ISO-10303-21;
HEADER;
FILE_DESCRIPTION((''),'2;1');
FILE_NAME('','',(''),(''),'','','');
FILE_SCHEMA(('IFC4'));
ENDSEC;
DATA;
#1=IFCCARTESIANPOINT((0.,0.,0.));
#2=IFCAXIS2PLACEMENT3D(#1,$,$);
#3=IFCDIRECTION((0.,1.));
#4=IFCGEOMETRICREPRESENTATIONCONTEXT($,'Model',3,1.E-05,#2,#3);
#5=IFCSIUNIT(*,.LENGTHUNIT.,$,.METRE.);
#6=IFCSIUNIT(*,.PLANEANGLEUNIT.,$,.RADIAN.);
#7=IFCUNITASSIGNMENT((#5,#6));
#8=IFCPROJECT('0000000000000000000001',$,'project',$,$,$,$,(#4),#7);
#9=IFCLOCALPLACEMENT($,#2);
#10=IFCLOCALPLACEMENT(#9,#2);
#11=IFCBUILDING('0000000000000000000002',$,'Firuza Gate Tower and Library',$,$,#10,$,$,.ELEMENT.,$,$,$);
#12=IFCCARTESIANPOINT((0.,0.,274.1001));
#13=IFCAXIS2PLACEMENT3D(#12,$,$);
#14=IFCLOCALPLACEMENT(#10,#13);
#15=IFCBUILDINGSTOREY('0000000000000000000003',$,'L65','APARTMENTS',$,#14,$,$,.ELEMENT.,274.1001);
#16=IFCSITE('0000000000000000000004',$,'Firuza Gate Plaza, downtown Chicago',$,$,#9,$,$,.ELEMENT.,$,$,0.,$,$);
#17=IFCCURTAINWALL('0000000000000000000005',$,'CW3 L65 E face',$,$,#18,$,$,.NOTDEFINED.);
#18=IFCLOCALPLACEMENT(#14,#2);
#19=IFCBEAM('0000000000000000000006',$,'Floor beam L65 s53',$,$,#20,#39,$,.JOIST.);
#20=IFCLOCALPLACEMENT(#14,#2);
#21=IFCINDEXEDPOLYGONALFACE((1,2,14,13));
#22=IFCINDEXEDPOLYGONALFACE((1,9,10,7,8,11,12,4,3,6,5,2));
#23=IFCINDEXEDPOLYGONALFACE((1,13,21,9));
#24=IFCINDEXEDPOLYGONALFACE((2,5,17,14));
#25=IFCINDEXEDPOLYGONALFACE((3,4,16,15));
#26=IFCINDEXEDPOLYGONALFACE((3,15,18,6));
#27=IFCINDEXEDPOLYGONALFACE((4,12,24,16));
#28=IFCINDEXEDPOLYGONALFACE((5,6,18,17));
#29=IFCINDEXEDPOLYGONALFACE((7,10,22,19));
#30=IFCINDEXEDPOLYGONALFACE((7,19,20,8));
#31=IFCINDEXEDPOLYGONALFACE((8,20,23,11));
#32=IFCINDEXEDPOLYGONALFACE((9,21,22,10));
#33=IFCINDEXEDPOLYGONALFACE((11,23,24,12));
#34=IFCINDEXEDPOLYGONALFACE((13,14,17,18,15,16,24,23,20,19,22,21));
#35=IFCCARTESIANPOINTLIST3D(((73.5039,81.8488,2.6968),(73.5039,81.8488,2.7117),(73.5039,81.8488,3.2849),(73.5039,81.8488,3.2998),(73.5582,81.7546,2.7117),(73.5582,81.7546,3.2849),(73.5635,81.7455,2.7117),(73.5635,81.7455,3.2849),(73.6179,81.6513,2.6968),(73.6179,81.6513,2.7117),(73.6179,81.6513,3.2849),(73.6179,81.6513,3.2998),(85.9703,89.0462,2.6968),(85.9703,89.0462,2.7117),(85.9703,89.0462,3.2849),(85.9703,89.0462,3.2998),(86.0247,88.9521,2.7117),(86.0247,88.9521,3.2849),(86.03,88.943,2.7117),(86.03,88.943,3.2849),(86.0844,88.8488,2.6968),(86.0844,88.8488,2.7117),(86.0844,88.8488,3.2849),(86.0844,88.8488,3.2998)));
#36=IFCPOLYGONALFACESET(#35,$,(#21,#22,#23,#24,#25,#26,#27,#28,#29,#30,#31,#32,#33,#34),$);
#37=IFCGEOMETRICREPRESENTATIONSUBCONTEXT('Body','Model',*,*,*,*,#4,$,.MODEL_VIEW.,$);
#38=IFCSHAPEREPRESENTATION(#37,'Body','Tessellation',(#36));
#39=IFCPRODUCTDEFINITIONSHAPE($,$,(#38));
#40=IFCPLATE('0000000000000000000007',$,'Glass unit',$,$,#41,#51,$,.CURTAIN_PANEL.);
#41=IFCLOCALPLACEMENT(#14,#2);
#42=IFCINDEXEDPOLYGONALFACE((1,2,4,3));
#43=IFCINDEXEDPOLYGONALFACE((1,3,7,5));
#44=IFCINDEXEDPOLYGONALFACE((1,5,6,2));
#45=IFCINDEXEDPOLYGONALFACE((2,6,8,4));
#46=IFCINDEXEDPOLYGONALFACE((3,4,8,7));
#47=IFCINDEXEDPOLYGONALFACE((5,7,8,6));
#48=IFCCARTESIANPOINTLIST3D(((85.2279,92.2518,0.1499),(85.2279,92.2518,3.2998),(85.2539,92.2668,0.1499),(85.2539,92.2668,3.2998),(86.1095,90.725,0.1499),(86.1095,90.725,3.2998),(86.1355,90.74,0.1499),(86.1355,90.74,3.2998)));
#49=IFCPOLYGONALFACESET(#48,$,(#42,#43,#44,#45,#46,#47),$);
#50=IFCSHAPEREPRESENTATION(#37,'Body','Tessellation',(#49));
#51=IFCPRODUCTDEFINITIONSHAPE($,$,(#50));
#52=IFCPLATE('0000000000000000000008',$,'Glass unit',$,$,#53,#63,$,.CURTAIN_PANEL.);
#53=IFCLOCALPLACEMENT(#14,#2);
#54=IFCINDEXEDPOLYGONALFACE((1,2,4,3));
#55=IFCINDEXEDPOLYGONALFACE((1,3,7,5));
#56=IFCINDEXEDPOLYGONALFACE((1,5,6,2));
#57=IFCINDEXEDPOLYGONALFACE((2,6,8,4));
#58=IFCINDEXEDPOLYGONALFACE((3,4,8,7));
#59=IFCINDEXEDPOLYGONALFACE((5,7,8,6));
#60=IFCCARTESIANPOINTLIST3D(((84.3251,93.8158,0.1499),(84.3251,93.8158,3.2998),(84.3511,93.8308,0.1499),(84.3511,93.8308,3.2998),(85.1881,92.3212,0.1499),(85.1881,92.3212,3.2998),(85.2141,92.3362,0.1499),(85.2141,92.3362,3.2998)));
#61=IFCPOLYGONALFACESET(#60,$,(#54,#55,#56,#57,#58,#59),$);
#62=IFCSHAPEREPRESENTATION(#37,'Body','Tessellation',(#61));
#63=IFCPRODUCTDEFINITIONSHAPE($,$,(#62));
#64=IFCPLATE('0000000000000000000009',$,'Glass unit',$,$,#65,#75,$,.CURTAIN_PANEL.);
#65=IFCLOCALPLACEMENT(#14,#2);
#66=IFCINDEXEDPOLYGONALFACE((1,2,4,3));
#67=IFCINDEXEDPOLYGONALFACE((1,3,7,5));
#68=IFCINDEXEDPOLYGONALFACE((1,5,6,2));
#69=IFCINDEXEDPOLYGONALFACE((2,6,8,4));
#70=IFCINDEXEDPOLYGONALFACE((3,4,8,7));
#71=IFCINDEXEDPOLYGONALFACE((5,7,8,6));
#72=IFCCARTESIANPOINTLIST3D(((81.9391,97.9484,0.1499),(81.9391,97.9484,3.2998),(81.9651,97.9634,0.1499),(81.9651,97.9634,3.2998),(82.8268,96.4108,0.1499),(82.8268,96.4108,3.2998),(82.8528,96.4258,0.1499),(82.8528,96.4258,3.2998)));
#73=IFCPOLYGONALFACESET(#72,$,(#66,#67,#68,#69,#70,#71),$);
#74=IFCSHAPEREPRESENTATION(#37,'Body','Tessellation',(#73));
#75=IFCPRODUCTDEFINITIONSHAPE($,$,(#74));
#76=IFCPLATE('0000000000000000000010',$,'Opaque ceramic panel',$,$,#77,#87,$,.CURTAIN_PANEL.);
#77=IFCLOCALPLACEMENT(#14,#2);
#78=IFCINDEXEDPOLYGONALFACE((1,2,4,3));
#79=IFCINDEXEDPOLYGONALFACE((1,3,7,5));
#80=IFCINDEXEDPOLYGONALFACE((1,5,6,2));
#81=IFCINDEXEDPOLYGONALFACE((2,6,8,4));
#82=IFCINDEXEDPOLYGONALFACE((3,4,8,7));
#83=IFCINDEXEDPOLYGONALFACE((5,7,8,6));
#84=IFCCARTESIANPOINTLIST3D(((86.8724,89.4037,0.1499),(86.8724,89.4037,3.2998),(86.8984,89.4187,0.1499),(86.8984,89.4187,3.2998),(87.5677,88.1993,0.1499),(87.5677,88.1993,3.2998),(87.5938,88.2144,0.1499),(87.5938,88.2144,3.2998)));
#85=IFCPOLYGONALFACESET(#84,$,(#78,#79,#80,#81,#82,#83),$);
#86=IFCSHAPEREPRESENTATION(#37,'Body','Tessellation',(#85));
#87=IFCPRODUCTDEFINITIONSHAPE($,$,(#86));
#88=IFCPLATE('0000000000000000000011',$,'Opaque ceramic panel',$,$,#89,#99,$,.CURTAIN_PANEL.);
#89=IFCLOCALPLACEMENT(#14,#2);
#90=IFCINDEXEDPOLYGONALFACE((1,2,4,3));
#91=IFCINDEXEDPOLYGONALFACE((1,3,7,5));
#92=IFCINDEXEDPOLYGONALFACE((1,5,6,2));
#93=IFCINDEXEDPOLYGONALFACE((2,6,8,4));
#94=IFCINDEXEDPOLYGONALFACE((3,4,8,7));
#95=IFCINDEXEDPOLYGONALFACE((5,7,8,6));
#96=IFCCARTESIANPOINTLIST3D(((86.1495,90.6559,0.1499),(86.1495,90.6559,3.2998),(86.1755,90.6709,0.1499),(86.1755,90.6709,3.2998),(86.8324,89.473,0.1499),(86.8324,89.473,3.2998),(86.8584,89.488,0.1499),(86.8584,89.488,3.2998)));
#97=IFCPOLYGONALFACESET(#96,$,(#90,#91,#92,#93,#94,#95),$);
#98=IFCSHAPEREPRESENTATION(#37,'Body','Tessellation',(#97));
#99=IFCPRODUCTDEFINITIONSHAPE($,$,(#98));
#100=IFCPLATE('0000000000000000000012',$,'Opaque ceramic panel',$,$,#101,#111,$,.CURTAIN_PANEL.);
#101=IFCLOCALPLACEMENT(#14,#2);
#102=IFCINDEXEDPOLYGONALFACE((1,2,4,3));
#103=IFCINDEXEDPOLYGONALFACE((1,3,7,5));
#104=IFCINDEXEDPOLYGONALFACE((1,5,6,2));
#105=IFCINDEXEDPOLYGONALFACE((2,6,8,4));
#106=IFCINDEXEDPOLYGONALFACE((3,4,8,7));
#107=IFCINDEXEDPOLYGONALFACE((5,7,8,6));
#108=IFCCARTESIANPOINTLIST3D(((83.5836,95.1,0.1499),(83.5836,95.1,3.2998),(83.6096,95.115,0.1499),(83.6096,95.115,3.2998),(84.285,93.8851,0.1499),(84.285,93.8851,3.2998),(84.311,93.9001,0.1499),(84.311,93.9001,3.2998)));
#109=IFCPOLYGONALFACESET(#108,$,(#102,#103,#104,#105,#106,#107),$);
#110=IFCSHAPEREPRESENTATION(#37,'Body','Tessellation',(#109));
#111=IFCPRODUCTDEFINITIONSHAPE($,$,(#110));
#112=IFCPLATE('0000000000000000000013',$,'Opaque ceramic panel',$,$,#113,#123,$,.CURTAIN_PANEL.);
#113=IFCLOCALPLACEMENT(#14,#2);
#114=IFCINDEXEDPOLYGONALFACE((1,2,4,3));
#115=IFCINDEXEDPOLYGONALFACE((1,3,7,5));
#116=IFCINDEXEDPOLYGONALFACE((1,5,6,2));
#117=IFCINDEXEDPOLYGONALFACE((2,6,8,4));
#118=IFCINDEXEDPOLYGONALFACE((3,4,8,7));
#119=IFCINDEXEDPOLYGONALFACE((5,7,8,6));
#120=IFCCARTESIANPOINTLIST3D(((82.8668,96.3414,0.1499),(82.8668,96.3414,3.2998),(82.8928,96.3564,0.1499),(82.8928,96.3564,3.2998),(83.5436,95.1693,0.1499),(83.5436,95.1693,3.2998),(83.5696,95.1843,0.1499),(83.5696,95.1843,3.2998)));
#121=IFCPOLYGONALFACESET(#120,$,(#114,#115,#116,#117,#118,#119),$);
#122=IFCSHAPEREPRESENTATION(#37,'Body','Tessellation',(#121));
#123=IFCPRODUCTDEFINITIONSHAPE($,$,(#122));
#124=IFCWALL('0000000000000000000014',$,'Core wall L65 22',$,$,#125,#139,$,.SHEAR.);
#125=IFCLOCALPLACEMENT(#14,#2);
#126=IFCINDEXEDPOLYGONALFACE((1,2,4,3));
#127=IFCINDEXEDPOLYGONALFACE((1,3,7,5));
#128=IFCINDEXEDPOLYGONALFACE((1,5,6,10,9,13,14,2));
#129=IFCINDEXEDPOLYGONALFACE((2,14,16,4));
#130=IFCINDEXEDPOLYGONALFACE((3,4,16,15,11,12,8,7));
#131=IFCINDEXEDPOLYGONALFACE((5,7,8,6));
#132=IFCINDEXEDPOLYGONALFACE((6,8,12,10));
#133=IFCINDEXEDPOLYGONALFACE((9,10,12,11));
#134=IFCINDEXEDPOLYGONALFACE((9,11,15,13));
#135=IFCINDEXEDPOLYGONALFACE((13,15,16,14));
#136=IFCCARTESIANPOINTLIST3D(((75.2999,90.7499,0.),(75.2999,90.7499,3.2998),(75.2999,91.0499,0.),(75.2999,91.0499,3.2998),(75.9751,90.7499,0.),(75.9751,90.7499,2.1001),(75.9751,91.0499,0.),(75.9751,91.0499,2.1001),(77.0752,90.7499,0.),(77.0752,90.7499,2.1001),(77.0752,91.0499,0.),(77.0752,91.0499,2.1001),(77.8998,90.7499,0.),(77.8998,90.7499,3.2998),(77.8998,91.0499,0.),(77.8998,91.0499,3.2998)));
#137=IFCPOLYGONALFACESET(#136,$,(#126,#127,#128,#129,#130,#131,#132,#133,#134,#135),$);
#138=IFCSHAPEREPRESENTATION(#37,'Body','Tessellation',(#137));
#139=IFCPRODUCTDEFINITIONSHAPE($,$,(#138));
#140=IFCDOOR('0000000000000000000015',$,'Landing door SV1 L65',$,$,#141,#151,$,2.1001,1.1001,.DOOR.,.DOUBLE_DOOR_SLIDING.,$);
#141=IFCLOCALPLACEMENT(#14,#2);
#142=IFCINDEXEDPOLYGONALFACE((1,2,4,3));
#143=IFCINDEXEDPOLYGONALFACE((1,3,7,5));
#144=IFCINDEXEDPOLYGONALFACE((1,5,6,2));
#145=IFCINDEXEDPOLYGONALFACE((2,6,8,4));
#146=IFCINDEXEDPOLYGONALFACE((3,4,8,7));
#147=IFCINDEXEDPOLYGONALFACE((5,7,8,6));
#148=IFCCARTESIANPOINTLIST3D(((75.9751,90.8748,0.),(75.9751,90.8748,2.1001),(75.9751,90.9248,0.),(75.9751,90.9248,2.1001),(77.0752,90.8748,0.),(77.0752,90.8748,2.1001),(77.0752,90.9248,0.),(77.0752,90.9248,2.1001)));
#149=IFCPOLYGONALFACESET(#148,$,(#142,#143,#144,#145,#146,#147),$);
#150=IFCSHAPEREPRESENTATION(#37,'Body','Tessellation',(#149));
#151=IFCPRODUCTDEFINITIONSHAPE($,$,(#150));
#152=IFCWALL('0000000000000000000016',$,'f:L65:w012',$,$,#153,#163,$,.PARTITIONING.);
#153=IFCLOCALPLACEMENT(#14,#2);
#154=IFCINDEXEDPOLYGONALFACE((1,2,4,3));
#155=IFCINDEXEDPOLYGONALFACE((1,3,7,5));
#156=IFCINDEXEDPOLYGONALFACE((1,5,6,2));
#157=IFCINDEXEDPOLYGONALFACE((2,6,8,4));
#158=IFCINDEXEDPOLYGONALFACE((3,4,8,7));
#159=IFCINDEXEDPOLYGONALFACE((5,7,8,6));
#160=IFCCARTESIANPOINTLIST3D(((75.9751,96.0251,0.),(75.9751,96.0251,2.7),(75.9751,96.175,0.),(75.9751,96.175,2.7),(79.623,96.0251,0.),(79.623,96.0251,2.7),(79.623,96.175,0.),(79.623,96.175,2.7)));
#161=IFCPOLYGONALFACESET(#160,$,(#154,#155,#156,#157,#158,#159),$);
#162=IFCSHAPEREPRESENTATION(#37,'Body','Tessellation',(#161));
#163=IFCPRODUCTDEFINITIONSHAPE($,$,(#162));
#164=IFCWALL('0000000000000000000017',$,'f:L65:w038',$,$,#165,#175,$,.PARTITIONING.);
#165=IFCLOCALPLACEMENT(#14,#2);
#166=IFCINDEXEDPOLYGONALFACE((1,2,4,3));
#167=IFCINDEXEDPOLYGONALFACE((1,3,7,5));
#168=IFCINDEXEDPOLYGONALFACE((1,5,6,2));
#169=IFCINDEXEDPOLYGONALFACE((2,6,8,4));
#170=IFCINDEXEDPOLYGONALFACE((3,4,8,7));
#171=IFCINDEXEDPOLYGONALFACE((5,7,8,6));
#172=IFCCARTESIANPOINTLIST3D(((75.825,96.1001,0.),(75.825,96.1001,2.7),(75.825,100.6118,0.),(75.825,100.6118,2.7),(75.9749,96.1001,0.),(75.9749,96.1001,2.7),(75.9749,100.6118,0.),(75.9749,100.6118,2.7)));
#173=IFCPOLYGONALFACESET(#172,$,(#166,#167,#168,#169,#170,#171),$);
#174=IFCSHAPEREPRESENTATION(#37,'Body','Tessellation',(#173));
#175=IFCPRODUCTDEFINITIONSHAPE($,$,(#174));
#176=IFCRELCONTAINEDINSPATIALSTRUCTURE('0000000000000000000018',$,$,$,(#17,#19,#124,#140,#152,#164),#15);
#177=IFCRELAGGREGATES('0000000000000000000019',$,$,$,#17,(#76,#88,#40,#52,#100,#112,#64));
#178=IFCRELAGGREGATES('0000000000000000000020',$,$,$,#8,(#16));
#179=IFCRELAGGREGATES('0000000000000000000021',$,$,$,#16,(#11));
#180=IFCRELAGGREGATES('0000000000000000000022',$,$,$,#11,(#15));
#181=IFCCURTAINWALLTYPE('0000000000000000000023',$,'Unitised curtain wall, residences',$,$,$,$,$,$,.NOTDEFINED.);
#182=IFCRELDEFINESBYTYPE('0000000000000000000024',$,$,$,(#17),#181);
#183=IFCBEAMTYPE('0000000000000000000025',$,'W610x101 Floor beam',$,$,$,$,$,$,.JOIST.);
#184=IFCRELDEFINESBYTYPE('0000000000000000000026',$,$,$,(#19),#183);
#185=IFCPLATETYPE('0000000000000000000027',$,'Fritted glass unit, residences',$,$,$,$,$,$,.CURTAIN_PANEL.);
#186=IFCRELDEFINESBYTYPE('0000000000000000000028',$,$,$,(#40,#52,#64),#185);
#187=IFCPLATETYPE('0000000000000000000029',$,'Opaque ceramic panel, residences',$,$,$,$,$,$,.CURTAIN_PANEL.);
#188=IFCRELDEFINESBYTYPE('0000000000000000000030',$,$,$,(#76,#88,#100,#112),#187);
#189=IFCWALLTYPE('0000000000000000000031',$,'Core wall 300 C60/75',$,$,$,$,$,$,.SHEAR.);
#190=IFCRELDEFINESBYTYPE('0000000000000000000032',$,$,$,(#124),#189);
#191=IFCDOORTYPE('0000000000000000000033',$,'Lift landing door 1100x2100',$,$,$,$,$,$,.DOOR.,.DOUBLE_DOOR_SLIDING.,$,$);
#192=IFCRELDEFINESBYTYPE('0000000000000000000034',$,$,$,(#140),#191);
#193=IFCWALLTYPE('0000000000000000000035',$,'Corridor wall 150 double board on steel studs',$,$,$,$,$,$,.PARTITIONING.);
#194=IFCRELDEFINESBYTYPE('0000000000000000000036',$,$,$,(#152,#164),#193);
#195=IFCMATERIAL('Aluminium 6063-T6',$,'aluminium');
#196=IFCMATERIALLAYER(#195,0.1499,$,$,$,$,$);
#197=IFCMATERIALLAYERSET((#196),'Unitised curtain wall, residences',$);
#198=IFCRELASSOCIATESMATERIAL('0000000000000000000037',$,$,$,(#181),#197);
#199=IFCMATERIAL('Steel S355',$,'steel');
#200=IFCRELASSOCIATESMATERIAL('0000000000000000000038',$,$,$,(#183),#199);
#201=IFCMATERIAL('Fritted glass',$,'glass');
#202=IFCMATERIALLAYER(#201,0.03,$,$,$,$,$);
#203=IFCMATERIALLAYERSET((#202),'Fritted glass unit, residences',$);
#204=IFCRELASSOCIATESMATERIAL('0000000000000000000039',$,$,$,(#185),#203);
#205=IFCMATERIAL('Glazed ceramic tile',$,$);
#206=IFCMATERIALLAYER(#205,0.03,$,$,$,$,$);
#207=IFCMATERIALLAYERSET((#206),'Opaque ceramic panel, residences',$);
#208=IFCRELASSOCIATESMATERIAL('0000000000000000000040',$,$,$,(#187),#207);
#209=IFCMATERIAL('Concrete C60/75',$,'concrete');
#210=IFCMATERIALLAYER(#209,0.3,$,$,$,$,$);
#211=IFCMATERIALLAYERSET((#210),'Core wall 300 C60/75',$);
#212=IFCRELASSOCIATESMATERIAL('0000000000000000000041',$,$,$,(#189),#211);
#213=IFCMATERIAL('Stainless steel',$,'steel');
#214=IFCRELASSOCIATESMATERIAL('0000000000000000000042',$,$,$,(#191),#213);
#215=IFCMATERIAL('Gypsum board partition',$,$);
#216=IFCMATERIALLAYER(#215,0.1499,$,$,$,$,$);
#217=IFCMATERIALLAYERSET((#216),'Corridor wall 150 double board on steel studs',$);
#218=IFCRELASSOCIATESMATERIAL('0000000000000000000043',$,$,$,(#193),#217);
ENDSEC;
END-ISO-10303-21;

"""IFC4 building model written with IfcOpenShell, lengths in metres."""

from ifc_helpers import new_model, si_unit, direction, frame, frame_2d, origin, origin_2d, place, context, subcontext, project, spatial, polyline, rectangle, i_section, outline, extrude, material, layer, layer_set, material_profile, profile_set, type_object, element, fill, aggregate, save


model = new_model("IFC4")

# Units and contexts
model_context = context("Model", 3, precision=1e-05, world=origin(), true_north=direction((0.0, 1.0)))
body_context = subcontext(model_context, "Body", "Model", "MODEL_VIEW")
ifc_project = project(units=[si_unit("LENGTHUNIT", "METRE"), si_unit("PLANEANGLEUNIT", "RADIAN")], contexts=[model_context])

# Site, building, storey
site_placement = place(None, origin())
site = spatial("IfcSite", under=ifc_project, at=site_placement, Name="Firuza Gate Plaza, downtown Chicago", CompositionType="ELEMENT", RefElevation=0.0)
building_placement = place(site_placement, origin())
building = spatial("IfcBuilding", under=site, at=building_placement, Name="Firuza Gate Tower and Library", CompositionType="ELEMENT")
storey_placement = place(building_placement, frame((0.0, 0.0, 274.1001)))
storey = spatial("IfcBuildingStorey", under=building, at=storey_placement, Name="L65", Description="APARTMENTS", CompositionType="ELEMENT", Elevation=274.1001)

# Curtain wall
ifc_material_1 = material(Name="Aluminium 6063-T6", Category="aluminium")
ifc_layer_1 = layer(ifc_material_1, 0.1499)
ifc_layer_set_1 = layer_set([ifc_layer_1], Name="Unitised curtain wall, residences")
curtain_wall_type = type_object("IfcCurtainWallType", Name="Unitised curtain wall, residences", PredefinedType="NOTDEFINED", material=ifc_layer_set_1)
placement = place(storey_placement, origin())
curtain_wall = element("IfcCurtainWall", 1, at=placement, inside=storey, type_object=curtain_wall_type, Name="CW3 L65 E face", PredefinedType="NOTDEFINED")

# Beam
ifc_material_2 = material(Name="Steel S355", Category="steel")
ifc_material_profile_1 = material_profile(ifc_material_2, i_section(OverallWidth=0.228, OverallDepth=0.603, WebThickness=0.0105, FlangeThickness=0.0149, at=origin_2d()))
ifc_profile_set_1 = profile_set([ifc_material_profile_1], Name="Steel S355")
beam_type_1 = type_object("IfcBeamType", Name="W610x101 Floor beam", PredefinedType="JOIST", material=ifc_profile_set_1)
beam_1_placement = place(storey_placement, frame((86.0273, 88.9475, 2.9983), z_axis=(-0.866027, -0.499997, 0.0), x_axis=(0.499997, -0.866027, 0.0)))
element("IfcBeam", 2, at=beam_1_placement, inside=storey, type_object=beam_type_1, Name="Floor beam L65 s53", PredefinedType="JOIST", context=body_context, shape_type="SweptSolid", body=[
    extrude(i_section(OverallWidth=0.228, OverallDepth=0.603, WebThickness=0.0105, FlangeThickness=0.0149, at=origin_2d()), origin(), (0.0, 0.0, 1.0), 14.395),
])

# Plates
ifc_material_3 = material(Name="Fritted glass", Category="glass")
ifc_layer_2 = layer(ifc_material_3, 0.03)
ifc_layer_set_2 = layer_set([ifc_layer_2], Name="Fritted glass unit, residences")
plate_type_1 = type_object("IfcPlateType", Name="Fritted glass unit, residences", PredefinedType="CURTAIN_PANEL", material=ifc_layer_set_2)
plate_1_placement = place(storey_placement, frame((86.1355, 90.74, 0.1499), z_axis=(0.86601, 0.500026, 0.0), x_axis=(-0.500026, 0.86601, 0.0)))
plate_1 = element("IfcPlate", 3, at=plate_1_placement, type_object=plate_type_1, Name="Glass unit", PredefinedType="CURTAIN_PANEL", context=body_context, shape_type="SweptSolid", body=[
    extrude(outline(polyline([(0.0, 0.0), (1.7631, 0.0), (1.7631, 3.1499), (0.0, 3.1499), (0.0, 0.0)])), origin(), (0.0, 0.0, -1.0), 0.03),
])
plate_2_placement = place(storey_placement, frame((85.2141, 92.3362, 0.1499), z_axis=(0.865997, 0.500049, 0.0), x_axis=(-0.500049, 0.865997, 0.0)))
plate_2 = element("IfcPlate", 4, at=plate_2_placement, type_object=plate_type_1, Name="Glass unit", PredefinedType="CURTAIN_PANEL", context=body_context, shape_type="SweptSolid", body=[
    extrude(outline(polyline([(0.0, 0.0), (1.7259, 0.0), (1.7259, 3.1499), (0.0, 3.1499), (0.0, 0.0)])), origin(), (0.0, 0.0, -1.0), 0.03),
])
plate_3_placement = place(storey_placement, frame((82.8528, 96.4258, 0.1499), z_axis=(0.866034, 0.499984, 0.0), x_axis=(-0.499984, 0.866034, 0.0)))
plate_3 = element("IfcPlate", 5, at=plate_3_placement, type_object=plate_type_1, Name="Glass unit", PredefinedType="CURTAIN_PANEL", context=body_context, shape_type="SweptSolid", body=[
    extrude(outline(polyline([(0.0, 0.0), (1.7754, 0.0), (1.7754, 3.1499), (0.0, 3.1499), (0.0, 0.0)])), origin(), (0.0, 0.0, -1.0), 0.03),
])
ifc_material_4 = material(Name="Glazed ceramic tile")
ifc_layer_3 = layer(ifc_material_4, 0.03)
ifc_layer_set_3 = layer_set([ifc_layer_3], Name="Opaque ceramic panel, residences")
plate_type_2 = type_object("IfcPlateType", Name="Opaque ceramic panel, residences", PredefinedType="CURTAIN_PANEL", material=ifc_layer_set_3)
plate_4_placement = place(storey_placement, frame((87.5938, 88.2144, 0.1499), z_axis=(0.866031, 0.499991, 0.0), x_axis=(-0.499991, 0.866031, 0.0)))
plate_4 = element("IfcPlate", 6, at=plate_4_placement, type_object=plate_type_2, Name="Opaque ceramic panel", PredefinedType="CURTAIN_PANEL", context=body_context, shape_type="SweptSolid", body=[
    extrude(outline(polyline([(0.0, 0.0), (1.3907, 0.0), (1.3907, 3.1499), (0.0, 3.1499), (0.0, 0.0)])), origin(), (0.0, 0.0, -1.0), 0.03),
])
plate_5_placement = place(storey_placement, frame((86.8584, 89.488, 0.1499), z_axis=(0.866046, 0.499965, 0.0), x_axis=(-0.499965, 0.866046, 0.0)))
plate_5 = element("IfcPlate", 7, at=plate_5_placement, type_object=plate_type_2, Name="Opaque ceramic panel", PredefinedType="CURTAIN_PANEL", context=body_context, shape_type="SweptSolid", body=[
    extrude(outline(polyline([(0.0, 0.0), (1.3658, 0.0), (1.3658, 3.1499), (0.0, 3.1499), (0.0, 0.0)])), origin(), (0.0, 0.0, -1.0), 0.03),
])
plate_6_placement = place(storey_placement, frame((84.311, 93.9001, 0.1499), z_axis=(0.866017, 0.500014, 0.0), x_axis=(-0.500014, 0.866017, 0.0)))
plate_6 = element("IfcPlate", 8, at=plate_6_placement, type_object=plate_type_2, Name="Opaque ceramic panel", PredefinedType="CURTAIN_PANEL", context=body_context, shape_type="SweptSolid", body=[
    extrude(outline(polyline([(0.0, 0.0), (1.4028, 0.0), (1.4028, 3.1499), (0.0, 3.1499), (0.0, 0.0)])), origin(), (0.0, 0.0, -1.0), 0.03),
])
plate_7_placement = place(storey_placement, frame((83.5696, 95.1843, 0.1499), z_axis=(0.866014, 0.500019, 0.0), x_axis=(-0.500019, 0.866014, 0.0)))
plate_7 = element("IfcPlate", 9, at=plate_7_placement, type_object=plate_type_2, Name="Opaque ceramic panel", PredefinedType="CURTAIN_PANEL", context=body_context, shape_type="SweptSolid", body=[
    extrude(outline(polyline([(0.0, 0.0), (1.3535, 0.0), (1.3535, 3.1499), (0.0, 3.1499), (0.0, 0.0)])), origin(), (0.0, 0.0, -1.0), 0.03),
])
aggregate(curtain_wall, [plate_4, plate_5, plate_1, plate_2, plate_6, plate_7, plate_3])

# Wall, opening, door
ifc_material_5 = material(Name="Concrete C60/75", Category="concrete")
ifc_layer_4 = layer(ifc_material_5, 0.3)
ifc_layer_set_4 = layer_set([ifc_layer_4], Name="Core wall 300 C60/75")
wall_type_1 = type_object("IfcWallType", Name="Core wall 300 C60/75", PredefinedType="SHEAR", material=ifc_layer_set_4)
wall_1_placement = place(storey_placement, frame((75.3, 90.8999, 0.0), z_axis=(0.0, 0.0, 1.0), x_axis=(1.0, 0.0, 0.0)))
wall_1 = element("IfcWall", 10, at=wall_1_placement, inside=storey, type_object=wall_type_1, Name="Core wall L65 22", PredefinedType="SHEAR", context=body_context, shape_type="SweptSolid", body=[
    extrude(rectangle(XDim=2.5999, YDim=0.3, at=frame_2d((1.2998, 0.0))), origin(), (0.0, 0.0, 1.0), 3.2998),
])
opening_placement = place(wall_1_placement, frame((0.675, 0.0, 0.0)))
opening = element("IfcOpeningElement", 11, at=opening_placement, cuts=wall_1, PredefinedType="OPENING", context=body_context, shape_type="SweptSolid", body=[
    extrude(rectangle(XDim=1.1001, YDim=2.1001, at=frame_2d((0.55, 1.05))), frame((0.0, 0.1602, 0.0), z_axis=(0.0, -1.0, 0.0), x_axis=(1.0, 0.0, 0.0)), (0.0, 0.0, 1.0), 0.3201),
])
ifc_material_6 = material(Name="Stainless steel", Category="steel")
door_type = type_object("IfcDoorType", Name="Lift landing door 1100x2100", OperationType="DOUBLE_DOOR_SLIDING", PredefinedType="DOOR", material=ifc_material_6)
door_placement = place(opening_placement, origin())
door = element("IfcDoor", 12, at=door_placement, inside=storey, type_object=door_type, Name="Landing door SV1 L65", OperationType="DOUBLE_DOOR_SLIDING", OverallHeight=2.1001, OverallWidth=1.1001, PredefinedType="DOOR", context=body_context, shape_type="SweptSolid", body=[
    extrude(rectangle(XDim=1.1001, YDim=2.1001, at=frame_2d((0.55, 1.05))), frame((0.0, 0.0249, 0.0), z_axis=(0.0, -1.0, 0.0), x_axis=(1.0, 0.0, 0.0)), (0.0, 0.0, 1.0), 0.05),
])
fill(opening, door)

# Walls
ifc_material_7 = material(Name="Gypsum board partition")
ifc_layer_5 = layer(ifc_material_7, 0.1499)
ifc_layer_set_5 = layer_set([ifc_layer_5], Name="Corridor wall 150 double board on steel studs")
wall_type_2 = type_object("IfcWallType", Name="Corridor wall 150 double board on steel studs", PredefinedType="PARTITIONING", material=ifc_layer_set_5)
wall_2_placement = place(storey_placement, frame((75.9751, 96.1001, 0.0), z_axis=(0.0, 0.0, 1.0), x_axis=(1.0, 0.0, 0.0)))
element("IfcWall", 13, at=wall_2_placement, inside=storey, type_object=wall_type_2, Name="f:L65:w012", PredefinedType="PARTITIONING", context=body_context, shape_type="SweptSolid", body=[
    extrude(rectangle(XDim=3.6479, YDim=0.1499, at=frame_2d((1.824, 0.0))), origin(), (0.0, 0.0, 1.0), 2.7),
])
wall_3_placement = place(storey_placement, frame((75.8999, 96.1001, 0.0), z_axis=(0.0, 0.0, 1.0), x_axis=(0.0, 1.0, 0.0)))
element("IfcWall", 14, at=wall_3_placement, inside=storey, type_object=wall_type_2, Name="f:L65:w038", PredefinedType="PARTITIONING", context=body_context, shape_type="SweptSolid", body=[
    extrude(rectangle(XDim=4.5117, YDim=0.1499, at=frame_2d((2.2559, 0.0))), origin(), (0.0, 0.0, 1.0), 2.7),
])

save(model, "model.ifc")
